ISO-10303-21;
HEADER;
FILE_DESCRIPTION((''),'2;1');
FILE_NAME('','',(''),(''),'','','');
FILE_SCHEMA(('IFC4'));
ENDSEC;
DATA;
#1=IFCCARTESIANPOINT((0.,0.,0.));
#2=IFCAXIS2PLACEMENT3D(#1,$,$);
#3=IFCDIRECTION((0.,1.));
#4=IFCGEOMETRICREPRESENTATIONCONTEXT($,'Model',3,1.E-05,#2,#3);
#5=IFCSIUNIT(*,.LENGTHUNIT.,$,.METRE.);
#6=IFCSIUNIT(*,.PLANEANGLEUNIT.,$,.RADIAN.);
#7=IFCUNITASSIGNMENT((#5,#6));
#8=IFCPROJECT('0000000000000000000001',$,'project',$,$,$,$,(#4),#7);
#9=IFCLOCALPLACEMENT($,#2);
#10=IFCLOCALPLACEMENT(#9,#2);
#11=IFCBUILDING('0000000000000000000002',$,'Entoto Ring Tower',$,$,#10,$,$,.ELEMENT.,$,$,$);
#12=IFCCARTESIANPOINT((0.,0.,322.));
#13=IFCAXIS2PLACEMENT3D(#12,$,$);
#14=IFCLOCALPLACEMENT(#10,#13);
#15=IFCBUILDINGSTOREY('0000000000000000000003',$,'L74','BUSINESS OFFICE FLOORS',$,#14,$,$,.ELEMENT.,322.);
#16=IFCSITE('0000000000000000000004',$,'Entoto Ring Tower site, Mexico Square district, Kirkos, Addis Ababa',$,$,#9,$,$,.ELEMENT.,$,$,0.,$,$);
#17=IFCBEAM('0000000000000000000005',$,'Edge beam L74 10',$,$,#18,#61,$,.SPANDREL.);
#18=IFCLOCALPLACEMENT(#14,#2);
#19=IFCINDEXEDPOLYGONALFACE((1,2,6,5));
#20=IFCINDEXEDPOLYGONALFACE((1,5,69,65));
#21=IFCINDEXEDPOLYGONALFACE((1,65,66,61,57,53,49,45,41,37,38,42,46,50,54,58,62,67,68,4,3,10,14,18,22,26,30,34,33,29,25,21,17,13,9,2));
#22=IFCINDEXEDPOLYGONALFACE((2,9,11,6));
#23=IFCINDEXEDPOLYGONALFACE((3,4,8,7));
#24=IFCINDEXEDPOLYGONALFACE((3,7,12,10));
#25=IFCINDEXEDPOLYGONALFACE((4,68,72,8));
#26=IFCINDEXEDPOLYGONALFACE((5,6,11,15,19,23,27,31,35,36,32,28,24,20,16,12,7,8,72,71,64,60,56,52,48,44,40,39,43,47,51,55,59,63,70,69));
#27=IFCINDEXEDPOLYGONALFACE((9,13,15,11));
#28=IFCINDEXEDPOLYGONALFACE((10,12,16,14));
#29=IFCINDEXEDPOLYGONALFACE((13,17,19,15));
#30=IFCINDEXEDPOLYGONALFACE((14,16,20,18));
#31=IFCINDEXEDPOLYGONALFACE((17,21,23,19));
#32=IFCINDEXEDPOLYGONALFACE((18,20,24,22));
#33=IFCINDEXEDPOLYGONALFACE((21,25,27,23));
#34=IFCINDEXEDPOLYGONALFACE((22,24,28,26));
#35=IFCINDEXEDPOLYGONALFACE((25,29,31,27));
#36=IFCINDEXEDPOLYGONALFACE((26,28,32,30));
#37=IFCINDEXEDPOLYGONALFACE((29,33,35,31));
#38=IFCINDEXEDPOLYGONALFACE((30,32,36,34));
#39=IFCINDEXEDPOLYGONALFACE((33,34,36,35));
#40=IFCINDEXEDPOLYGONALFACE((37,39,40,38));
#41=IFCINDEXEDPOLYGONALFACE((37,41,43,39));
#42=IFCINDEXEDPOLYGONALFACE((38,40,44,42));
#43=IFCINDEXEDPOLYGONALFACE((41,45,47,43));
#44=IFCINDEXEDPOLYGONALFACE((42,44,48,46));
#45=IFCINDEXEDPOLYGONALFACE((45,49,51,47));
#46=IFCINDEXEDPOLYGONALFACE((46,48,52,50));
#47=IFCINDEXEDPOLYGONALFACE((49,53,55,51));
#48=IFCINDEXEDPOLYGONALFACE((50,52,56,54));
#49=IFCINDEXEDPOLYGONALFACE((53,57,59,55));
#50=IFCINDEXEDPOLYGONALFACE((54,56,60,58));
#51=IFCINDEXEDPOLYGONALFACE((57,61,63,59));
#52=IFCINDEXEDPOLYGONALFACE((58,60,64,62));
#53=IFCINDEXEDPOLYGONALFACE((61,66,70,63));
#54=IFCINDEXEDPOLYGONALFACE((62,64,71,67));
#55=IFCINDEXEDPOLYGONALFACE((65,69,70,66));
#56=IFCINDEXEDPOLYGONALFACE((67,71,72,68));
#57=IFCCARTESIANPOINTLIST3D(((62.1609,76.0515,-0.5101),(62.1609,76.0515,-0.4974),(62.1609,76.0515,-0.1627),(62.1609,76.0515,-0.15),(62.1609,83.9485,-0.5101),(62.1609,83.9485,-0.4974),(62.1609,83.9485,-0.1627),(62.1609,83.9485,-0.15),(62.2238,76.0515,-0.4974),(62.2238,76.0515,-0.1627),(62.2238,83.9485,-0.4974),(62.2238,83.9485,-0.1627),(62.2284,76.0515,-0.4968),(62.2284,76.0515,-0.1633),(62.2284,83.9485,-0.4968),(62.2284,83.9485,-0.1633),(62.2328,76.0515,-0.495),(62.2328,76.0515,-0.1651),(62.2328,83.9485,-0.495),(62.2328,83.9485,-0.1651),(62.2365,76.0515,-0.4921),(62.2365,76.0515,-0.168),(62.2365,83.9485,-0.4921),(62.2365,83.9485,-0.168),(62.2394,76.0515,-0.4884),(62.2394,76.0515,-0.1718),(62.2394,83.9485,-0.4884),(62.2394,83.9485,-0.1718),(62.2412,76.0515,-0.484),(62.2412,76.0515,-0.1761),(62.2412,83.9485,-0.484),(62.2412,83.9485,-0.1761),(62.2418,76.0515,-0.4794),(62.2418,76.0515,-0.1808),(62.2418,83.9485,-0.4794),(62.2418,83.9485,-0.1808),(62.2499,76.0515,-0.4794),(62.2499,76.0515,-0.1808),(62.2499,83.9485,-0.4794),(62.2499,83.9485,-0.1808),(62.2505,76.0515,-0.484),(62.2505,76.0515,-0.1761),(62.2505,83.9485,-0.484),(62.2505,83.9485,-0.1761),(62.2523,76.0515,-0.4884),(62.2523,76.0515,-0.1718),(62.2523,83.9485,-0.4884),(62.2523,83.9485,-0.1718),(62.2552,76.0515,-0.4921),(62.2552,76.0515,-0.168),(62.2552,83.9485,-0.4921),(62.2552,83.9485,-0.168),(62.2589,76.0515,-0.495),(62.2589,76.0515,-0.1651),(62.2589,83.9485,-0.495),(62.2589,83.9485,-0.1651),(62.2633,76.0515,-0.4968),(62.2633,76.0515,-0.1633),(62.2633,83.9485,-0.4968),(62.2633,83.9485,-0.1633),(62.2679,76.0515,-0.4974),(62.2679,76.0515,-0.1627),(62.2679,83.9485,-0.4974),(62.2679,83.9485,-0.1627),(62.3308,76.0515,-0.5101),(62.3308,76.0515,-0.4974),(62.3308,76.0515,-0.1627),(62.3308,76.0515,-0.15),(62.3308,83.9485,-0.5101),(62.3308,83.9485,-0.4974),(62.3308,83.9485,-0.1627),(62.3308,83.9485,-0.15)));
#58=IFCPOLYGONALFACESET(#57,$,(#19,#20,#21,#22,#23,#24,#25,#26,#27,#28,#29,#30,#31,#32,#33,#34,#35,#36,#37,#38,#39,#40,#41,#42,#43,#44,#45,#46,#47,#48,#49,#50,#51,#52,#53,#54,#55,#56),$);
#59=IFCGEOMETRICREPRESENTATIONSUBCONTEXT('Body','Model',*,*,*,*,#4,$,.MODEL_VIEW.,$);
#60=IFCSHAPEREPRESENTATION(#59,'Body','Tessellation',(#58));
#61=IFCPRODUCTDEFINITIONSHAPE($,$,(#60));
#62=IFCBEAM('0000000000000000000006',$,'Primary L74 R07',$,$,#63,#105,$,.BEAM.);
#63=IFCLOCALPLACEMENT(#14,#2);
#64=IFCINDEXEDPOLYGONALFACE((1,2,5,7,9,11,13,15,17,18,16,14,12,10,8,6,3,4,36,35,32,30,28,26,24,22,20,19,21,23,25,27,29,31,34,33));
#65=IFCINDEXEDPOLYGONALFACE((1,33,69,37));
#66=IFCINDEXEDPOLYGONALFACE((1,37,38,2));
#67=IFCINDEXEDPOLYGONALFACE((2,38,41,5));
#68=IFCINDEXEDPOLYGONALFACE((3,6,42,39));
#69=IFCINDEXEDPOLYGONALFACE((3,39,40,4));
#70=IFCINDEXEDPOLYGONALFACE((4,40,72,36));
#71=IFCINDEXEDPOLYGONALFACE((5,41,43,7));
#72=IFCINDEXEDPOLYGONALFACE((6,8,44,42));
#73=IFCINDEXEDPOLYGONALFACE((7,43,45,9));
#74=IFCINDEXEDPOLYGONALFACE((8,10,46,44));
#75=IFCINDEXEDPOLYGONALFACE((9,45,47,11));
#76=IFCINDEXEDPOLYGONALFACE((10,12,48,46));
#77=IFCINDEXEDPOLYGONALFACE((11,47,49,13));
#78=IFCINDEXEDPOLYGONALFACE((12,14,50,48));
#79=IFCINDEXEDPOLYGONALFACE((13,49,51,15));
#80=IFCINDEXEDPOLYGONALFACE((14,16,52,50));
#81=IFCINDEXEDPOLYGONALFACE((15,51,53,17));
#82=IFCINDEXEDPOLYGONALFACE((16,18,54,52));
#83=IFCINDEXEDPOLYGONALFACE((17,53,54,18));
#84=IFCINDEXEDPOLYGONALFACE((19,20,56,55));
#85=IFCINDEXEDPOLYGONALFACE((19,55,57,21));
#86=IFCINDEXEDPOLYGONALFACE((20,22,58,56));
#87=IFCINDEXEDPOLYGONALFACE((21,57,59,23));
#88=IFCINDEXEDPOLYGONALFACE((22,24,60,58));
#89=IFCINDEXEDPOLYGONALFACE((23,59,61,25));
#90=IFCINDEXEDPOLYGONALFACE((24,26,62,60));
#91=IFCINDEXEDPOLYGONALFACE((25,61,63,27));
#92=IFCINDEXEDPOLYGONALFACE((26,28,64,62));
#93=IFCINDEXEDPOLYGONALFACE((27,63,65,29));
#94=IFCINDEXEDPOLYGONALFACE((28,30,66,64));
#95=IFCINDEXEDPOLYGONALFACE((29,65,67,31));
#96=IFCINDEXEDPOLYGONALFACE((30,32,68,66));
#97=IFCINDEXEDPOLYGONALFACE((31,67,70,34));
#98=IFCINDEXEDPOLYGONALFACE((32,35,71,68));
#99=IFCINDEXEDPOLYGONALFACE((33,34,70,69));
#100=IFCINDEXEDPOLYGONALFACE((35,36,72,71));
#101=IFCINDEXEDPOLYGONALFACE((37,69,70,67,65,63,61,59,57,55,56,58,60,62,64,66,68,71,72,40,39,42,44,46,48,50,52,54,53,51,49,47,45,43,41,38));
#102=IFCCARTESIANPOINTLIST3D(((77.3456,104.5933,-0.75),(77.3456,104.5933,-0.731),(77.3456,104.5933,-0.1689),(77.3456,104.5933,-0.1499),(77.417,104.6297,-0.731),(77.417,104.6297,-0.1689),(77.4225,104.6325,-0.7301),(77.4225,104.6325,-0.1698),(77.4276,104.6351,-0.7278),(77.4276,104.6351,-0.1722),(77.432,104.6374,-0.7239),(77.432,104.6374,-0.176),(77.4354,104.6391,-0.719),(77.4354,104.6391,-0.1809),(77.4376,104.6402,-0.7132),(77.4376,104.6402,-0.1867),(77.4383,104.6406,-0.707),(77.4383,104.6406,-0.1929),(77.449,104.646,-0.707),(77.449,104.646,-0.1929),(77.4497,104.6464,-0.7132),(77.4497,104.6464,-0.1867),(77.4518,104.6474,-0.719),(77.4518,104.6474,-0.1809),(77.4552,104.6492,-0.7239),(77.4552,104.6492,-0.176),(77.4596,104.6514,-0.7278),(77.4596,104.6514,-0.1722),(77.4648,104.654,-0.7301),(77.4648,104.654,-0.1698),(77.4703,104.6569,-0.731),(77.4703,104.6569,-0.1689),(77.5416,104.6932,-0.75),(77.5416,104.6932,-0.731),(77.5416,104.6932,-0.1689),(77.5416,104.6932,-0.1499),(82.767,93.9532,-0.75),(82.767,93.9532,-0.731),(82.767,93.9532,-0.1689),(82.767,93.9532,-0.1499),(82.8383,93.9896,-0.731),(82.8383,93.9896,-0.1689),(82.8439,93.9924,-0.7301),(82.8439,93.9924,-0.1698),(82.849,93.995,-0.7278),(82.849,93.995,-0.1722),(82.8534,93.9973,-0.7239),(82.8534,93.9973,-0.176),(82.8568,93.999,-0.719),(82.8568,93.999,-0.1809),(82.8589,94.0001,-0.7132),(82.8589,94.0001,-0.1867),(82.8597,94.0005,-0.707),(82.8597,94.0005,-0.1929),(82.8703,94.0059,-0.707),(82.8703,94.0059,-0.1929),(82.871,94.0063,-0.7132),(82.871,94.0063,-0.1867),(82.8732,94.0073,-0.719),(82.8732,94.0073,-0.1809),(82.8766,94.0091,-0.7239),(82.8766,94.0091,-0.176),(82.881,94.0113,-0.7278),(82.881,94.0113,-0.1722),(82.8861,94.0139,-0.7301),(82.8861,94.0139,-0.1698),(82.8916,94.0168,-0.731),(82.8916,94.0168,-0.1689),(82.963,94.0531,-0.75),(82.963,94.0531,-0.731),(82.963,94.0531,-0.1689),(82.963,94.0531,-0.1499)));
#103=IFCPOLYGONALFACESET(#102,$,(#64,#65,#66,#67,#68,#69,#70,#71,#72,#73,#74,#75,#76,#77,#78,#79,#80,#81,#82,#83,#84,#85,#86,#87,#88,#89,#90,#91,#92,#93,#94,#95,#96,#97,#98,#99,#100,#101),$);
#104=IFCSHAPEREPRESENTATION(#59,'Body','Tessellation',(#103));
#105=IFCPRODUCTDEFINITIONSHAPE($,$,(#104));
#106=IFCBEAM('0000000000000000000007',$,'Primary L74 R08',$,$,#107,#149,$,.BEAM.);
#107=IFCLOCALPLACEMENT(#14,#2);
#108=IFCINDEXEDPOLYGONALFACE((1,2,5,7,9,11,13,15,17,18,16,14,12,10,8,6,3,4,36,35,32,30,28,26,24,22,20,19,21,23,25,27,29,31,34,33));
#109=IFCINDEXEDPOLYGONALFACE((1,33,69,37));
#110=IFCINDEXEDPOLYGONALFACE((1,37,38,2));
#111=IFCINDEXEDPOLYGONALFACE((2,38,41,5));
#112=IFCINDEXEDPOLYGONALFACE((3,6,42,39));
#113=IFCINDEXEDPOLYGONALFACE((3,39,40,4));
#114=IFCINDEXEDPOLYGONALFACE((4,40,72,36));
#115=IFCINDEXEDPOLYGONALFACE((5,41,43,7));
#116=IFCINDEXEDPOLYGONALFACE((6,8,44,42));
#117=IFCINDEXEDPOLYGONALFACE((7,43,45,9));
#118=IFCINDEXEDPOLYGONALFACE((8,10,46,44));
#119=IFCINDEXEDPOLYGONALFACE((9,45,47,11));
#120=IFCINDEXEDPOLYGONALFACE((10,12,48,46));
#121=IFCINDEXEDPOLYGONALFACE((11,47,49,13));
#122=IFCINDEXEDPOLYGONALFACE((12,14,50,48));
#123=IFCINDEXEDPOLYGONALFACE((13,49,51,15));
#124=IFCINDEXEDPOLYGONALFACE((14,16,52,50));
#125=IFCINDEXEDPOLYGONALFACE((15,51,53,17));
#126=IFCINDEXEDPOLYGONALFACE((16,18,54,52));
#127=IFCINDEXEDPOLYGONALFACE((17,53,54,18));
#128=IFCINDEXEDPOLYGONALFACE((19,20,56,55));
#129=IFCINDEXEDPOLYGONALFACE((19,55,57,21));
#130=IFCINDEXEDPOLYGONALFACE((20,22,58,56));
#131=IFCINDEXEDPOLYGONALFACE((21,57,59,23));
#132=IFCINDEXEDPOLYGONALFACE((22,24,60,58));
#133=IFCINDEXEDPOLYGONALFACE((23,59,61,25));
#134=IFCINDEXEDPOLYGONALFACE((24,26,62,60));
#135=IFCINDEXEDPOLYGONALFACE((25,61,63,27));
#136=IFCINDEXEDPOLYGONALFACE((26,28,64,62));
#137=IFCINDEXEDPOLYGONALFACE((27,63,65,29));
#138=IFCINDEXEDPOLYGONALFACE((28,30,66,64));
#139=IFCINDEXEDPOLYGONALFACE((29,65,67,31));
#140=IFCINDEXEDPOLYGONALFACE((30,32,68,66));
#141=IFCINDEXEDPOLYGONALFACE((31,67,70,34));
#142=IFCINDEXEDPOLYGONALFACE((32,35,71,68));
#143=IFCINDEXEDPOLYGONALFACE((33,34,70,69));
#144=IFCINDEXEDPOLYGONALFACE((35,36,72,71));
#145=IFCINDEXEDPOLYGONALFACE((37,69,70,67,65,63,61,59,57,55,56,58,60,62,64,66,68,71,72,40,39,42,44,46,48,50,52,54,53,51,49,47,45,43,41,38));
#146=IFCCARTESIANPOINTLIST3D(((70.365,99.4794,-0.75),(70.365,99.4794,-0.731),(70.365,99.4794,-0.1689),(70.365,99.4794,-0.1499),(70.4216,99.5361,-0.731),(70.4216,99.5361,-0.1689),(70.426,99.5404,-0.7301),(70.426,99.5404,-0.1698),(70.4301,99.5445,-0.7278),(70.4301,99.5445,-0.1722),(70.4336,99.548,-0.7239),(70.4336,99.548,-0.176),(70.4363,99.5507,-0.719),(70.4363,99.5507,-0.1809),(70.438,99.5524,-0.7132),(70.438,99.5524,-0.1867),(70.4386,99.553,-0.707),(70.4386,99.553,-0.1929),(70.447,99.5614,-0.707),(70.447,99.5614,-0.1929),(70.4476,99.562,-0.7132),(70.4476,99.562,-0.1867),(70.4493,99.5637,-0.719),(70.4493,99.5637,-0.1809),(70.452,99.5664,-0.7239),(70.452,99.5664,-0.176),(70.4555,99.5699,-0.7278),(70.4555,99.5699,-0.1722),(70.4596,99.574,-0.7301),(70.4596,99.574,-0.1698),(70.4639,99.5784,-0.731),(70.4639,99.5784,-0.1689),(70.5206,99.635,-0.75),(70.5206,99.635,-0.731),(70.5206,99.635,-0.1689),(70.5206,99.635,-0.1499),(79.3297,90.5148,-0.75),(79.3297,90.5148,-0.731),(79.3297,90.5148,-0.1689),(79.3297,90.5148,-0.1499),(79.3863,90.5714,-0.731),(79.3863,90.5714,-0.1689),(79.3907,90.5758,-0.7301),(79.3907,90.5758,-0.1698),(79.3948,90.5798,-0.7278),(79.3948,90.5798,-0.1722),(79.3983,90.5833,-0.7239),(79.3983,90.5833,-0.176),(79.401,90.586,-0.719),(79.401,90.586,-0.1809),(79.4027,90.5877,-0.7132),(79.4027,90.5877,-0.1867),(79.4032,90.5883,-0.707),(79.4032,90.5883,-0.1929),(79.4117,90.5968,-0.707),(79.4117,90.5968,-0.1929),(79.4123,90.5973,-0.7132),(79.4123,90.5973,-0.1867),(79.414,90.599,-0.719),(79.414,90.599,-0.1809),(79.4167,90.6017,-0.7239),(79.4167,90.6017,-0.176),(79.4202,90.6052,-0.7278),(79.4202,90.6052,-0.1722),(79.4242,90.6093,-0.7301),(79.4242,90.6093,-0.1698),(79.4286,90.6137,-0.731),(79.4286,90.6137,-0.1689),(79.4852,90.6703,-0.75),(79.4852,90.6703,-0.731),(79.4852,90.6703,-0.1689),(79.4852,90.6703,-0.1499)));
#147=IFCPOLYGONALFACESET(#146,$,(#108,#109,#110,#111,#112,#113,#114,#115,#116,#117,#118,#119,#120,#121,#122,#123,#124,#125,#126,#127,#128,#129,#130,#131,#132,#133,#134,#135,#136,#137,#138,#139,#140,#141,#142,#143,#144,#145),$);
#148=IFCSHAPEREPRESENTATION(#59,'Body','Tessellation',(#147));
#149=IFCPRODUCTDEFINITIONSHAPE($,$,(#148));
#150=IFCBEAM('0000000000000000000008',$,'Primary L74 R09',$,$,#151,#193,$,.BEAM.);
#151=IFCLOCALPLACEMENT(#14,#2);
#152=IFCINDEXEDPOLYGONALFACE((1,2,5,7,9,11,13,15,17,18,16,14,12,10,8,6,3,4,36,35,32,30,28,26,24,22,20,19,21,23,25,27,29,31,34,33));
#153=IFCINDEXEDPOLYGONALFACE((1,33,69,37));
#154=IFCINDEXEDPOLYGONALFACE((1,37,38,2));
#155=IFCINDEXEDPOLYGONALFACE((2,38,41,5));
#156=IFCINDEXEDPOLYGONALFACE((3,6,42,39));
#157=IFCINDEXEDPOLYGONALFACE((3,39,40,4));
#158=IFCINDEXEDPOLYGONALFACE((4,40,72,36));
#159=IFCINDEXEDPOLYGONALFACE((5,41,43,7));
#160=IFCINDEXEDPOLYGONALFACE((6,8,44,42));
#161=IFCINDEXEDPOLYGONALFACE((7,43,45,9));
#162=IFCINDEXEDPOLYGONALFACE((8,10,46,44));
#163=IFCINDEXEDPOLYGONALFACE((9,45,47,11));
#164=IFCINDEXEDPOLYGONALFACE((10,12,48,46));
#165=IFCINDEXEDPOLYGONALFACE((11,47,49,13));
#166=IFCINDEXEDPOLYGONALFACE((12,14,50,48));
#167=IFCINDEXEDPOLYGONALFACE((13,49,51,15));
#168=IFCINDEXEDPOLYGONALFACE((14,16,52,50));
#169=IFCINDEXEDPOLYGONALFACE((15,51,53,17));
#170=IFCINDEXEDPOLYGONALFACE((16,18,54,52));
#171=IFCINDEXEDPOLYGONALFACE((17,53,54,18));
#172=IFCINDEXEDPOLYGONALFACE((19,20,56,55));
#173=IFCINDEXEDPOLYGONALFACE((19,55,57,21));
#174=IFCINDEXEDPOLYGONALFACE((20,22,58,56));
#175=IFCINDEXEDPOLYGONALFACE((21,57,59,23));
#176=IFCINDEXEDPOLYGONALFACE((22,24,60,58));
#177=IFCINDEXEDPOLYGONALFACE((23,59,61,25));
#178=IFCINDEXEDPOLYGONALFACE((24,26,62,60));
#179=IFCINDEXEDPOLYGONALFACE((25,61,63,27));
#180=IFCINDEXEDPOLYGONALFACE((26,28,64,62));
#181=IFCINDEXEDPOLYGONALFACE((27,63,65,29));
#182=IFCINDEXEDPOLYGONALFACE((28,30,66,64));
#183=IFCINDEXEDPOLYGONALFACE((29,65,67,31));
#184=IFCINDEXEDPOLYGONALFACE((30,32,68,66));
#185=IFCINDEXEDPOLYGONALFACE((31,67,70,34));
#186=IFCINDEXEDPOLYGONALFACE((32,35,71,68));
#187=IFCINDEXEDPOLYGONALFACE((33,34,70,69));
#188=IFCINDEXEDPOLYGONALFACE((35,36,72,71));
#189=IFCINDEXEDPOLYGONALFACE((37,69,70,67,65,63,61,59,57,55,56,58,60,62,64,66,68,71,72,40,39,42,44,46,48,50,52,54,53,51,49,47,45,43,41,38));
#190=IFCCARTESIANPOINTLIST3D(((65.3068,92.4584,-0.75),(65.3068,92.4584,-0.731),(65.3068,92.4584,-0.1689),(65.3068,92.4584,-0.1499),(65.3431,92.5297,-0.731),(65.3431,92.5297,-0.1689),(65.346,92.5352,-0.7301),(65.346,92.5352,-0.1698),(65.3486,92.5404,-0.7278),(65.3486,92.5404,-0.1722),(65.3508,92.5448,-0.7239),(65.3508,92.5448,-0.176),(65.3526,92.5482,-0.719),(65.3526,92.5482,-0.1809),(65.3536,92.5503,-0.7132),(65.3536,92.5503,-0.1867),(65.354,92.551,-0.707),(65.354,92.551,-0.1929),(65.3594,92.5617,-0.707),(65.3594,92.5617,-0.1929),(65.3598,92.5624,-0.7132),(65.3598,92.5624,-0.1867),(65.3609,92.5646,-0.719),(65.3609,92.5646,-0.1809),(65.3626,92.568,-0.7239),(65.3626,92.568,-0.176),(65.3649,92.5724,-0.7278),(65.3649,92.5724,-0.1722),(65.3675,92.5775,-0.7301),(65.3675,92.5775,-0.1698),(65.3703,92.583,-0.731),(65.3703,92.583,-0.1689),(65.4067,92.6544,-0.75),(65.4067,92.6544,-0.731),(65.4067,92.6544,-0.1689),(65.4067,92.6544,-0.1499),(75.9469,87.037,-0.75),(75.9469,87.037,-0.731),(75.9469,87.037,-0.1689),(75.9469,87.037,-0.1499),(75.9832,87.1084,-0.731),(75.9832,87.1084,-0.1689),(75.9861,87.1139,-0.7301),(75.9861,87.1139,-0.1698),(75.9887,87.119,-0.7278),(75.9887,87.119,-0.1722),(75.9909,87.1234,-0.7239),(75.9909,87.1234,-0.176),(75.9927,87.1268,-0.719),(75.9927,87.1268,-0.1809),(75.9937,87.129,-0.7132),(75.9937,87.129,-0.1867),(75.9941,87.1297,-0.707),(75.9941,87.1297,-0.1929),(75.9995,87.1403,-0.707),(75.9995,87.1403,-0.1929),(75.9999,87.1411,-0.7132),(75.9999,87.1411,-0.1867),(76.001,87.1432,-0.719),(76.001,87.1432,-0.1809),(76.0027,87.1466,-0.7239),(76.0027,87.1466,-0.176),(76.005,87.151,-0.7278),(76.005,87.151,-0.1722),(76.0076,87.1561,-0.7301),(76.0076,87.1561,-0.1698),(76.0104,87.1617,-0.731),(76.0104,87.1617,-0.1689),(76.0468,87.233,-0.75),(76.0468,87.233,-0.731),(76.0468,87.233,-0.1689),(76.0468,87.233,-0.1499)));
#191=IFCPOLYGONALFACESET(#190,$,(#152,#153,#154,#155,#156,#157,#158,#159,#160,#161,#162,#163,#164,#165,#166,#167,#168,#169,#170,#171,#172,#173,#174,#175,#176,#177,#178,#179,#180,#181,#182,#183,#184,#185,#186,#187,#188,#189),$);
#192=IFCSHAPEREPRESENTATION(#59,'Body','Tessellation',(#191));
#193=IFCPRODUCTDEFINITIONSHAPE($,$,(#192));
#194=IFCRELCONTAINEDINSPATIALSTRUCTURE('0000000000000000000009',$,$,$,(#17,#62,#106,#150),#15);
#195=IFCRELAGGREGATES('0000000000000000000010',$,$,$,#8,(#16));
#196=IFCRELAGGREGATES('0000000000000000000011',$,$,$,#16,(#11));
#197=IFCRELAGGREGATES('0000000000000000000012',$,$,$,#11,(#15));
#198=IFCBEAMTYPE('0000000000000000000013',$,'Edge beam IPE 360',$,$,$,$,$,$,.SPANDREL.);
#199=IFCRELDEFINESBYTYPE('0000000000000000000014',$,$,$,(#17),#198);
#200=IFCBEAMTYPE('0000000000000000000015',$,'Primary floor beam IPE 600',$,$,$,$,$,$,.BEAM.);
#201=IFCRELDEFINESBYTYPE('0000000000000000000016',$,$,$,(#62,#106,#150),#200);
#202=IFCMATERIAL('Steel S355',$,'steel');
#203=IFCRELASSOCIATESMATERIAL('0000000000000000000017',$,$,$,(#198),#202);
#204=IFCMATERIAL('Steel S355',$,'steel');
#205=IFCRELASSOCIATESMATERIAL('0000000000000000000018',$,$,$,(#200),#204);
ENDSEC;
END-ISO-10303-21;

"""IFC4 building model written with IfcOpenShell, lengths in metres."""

from ifc_helpers import new_model, si_unit, direction, frame, origin, origin_2d, place, context, subcontext, project, spatial, i_section, extrude, material, material_profile, profile_set, type_object, element, save


model = new_model("IFC4")

# Units and contexts
model_context = context("Model", 3, precision=1e-05, world=origin(), true_north=direction((0.0, 1.0)))
body_context = subcontext(model_context, "Body", "Model", "MODEL_VIEW")
ifc_project = project(units=[si_unit("LENGTHUNIT", "METRE"), si_unit("PLANEANGLEUNIT", "RADIAN")], contexts=[model_context])

# Site, building, storey
site_placement = place(None, origin())
site = spatial("IfcSite", under=ifc_project, at=site_placement, Name="Entoto Ring Tower site, Mexico Square district, Kirkos, Addis Ababa", CompositionType="ELEMENT", RefElevation=0.0)
building_placement = place(site_placement, origin())
building = spatial("IfcBuilding", under=site, at=building_placement, Name="Entoto Ring Tower", CompositionType="ELEMENT")
storey_placement = place(building_placement, frame((0.0, 0.0, 322.0)))
storey = spatial("IfcBuildingStorey", under=building, at=storey_placement, Name="L74", Description="BUSINESS OFFICE FLOORS", CompositionType="ELEMENT", Elevation=322.0)

# Beams
ifc_material_1 = material(Name="Steel S355", Category="steel")
ifc_material_profile_1 = material_profile(ifc_material_1, i_section(OverallWidth=0.1699, OverallDepth=0.3601, WebThickness=0.0081, FlangeThickness=0.0127, FilletRadius=0.0181, at=origin_2d()), Name="IPE 360")
ifc_profile_set_1 = profile_set([ifc_material_profile_1], Name="Steel S355")
beam_type_1 = type_object("IfcBeamType", Name="Edge beam IPE 360", PredefinedType="SPANDREL", material=ifc_profile_set_1)
for number, where, z_axis, x_axis, name in (
    (1, (62.2458, 83.9485, -0.3301), (0.0, -1.0, 0.0), (1.0, 0.0, 0.0), "Edge beam L74 10"),
):
    element("IfcBeam", number, at=place(storey_placement, frame(where, z_axis=z_axis, x_axis=x_axis)), inside=storey, type_object=beam_type_1, Name=name, PredefinedType="SPANDREL", context=body_context, shape_type="SweptSolid", body=[
        extrude(i_section(OverallWidth=0.1699, OverallDepth=0.3601, WebThickness=0.0081, FlangeThickness=0.0127, FilletRadius=0.0181, at=origin_2d()), origin(), (0.0, 0.0, 1.0), 7.897),
    ])
ifc_material_2 = material(Name="Steel S355", Category="steel")
ifc_material_profile_2 = material_profile(ifc_material_2, i_section(OverallWidth=0.22, OverallDepth=0.6001, WebThickness=0.012, FlangeThickness=0.019, FilletRadius=0.0239, at=origin_2d()), Name="IPE 600")
ifc_profile_set_2 = profile_set([ifc_material_profile_2], Name="Steel S355")
beam_type_2 = type_object("IfcBeamType", Name="Primary floor beam IPE 600", PredefinedType="BEAM", material=ifc_profile_set_2)
beam_1_placement = place(storey_placement, frame((82.865, 94.0032, -0.45), z_axis=(-0.453988, 0.891008, 0.0), x_axis=(-0.891008, -0.453988, 0.0)))
element("IfcBeam", 2, at=beam_1_placement, inside=storey, type_object=beam_type_2, Name="Primary L74 R07", PredefinedType="BEAM", context=body_context, shape_type="SweptSolid", body=[
    extrude(i_section(OverallWidth=0.22, OverallDepth=0.6001, WebThickness=0.012, FlangeThickness=0.019, FilletRadius=0.0239, at=origin_2d()), origin(), (0.0, 0.0, 1.0), 11.9417),
])
beam_2_placement = place(storey_placement, frame((79.4075, 90.5925, -0.45), z_axis=(-0.707107, 0.707107, 0.0), x_axis=(-0.707107, -0.707107, 0.0)))
element("IfcBeam", 3, at=beam_2_placement, inside=storey, type_object=beam_type_2, Name="Primary L74 R08", PredefinedType="BEAM", context=body_context, shape_type="SweptSolid", body=[
    extrude(i_section(OverallWidth=0.22, OverallDepth=0.6001, WebThickness=0.012, FlangeThickness=0.019, FilletRadius=0.0239, at=origin_2d()), origin(), (0.0, 0.0, 1.0), 12.678),
])
beam_3_placement = place(storey_placement, frame((75.9968, 87.135, -0.45), z_axis=(-0.891008, 0.453988, 0.0), x_axis=(-0.453988, -0.891008, 0.0)))
element("IfcBeam", 4, at=beam_3_placement, inside=storey, type_object=beam_type_2, Name="Primary L74 R09", PredefinedType="BEAM", context=body_context, shape_type="SweptSolid", body=[
    extrude(i_section(OverallWidth=0.22, OverallDepth=0.6001, WebThickness=0.012, FlangeThickness=0.019, FilletRadius=0.0239, at=origin_2d()), origin(), (0.0, 0.0, 1.0), 11.9417),
])

save(model, "model.ifc")
